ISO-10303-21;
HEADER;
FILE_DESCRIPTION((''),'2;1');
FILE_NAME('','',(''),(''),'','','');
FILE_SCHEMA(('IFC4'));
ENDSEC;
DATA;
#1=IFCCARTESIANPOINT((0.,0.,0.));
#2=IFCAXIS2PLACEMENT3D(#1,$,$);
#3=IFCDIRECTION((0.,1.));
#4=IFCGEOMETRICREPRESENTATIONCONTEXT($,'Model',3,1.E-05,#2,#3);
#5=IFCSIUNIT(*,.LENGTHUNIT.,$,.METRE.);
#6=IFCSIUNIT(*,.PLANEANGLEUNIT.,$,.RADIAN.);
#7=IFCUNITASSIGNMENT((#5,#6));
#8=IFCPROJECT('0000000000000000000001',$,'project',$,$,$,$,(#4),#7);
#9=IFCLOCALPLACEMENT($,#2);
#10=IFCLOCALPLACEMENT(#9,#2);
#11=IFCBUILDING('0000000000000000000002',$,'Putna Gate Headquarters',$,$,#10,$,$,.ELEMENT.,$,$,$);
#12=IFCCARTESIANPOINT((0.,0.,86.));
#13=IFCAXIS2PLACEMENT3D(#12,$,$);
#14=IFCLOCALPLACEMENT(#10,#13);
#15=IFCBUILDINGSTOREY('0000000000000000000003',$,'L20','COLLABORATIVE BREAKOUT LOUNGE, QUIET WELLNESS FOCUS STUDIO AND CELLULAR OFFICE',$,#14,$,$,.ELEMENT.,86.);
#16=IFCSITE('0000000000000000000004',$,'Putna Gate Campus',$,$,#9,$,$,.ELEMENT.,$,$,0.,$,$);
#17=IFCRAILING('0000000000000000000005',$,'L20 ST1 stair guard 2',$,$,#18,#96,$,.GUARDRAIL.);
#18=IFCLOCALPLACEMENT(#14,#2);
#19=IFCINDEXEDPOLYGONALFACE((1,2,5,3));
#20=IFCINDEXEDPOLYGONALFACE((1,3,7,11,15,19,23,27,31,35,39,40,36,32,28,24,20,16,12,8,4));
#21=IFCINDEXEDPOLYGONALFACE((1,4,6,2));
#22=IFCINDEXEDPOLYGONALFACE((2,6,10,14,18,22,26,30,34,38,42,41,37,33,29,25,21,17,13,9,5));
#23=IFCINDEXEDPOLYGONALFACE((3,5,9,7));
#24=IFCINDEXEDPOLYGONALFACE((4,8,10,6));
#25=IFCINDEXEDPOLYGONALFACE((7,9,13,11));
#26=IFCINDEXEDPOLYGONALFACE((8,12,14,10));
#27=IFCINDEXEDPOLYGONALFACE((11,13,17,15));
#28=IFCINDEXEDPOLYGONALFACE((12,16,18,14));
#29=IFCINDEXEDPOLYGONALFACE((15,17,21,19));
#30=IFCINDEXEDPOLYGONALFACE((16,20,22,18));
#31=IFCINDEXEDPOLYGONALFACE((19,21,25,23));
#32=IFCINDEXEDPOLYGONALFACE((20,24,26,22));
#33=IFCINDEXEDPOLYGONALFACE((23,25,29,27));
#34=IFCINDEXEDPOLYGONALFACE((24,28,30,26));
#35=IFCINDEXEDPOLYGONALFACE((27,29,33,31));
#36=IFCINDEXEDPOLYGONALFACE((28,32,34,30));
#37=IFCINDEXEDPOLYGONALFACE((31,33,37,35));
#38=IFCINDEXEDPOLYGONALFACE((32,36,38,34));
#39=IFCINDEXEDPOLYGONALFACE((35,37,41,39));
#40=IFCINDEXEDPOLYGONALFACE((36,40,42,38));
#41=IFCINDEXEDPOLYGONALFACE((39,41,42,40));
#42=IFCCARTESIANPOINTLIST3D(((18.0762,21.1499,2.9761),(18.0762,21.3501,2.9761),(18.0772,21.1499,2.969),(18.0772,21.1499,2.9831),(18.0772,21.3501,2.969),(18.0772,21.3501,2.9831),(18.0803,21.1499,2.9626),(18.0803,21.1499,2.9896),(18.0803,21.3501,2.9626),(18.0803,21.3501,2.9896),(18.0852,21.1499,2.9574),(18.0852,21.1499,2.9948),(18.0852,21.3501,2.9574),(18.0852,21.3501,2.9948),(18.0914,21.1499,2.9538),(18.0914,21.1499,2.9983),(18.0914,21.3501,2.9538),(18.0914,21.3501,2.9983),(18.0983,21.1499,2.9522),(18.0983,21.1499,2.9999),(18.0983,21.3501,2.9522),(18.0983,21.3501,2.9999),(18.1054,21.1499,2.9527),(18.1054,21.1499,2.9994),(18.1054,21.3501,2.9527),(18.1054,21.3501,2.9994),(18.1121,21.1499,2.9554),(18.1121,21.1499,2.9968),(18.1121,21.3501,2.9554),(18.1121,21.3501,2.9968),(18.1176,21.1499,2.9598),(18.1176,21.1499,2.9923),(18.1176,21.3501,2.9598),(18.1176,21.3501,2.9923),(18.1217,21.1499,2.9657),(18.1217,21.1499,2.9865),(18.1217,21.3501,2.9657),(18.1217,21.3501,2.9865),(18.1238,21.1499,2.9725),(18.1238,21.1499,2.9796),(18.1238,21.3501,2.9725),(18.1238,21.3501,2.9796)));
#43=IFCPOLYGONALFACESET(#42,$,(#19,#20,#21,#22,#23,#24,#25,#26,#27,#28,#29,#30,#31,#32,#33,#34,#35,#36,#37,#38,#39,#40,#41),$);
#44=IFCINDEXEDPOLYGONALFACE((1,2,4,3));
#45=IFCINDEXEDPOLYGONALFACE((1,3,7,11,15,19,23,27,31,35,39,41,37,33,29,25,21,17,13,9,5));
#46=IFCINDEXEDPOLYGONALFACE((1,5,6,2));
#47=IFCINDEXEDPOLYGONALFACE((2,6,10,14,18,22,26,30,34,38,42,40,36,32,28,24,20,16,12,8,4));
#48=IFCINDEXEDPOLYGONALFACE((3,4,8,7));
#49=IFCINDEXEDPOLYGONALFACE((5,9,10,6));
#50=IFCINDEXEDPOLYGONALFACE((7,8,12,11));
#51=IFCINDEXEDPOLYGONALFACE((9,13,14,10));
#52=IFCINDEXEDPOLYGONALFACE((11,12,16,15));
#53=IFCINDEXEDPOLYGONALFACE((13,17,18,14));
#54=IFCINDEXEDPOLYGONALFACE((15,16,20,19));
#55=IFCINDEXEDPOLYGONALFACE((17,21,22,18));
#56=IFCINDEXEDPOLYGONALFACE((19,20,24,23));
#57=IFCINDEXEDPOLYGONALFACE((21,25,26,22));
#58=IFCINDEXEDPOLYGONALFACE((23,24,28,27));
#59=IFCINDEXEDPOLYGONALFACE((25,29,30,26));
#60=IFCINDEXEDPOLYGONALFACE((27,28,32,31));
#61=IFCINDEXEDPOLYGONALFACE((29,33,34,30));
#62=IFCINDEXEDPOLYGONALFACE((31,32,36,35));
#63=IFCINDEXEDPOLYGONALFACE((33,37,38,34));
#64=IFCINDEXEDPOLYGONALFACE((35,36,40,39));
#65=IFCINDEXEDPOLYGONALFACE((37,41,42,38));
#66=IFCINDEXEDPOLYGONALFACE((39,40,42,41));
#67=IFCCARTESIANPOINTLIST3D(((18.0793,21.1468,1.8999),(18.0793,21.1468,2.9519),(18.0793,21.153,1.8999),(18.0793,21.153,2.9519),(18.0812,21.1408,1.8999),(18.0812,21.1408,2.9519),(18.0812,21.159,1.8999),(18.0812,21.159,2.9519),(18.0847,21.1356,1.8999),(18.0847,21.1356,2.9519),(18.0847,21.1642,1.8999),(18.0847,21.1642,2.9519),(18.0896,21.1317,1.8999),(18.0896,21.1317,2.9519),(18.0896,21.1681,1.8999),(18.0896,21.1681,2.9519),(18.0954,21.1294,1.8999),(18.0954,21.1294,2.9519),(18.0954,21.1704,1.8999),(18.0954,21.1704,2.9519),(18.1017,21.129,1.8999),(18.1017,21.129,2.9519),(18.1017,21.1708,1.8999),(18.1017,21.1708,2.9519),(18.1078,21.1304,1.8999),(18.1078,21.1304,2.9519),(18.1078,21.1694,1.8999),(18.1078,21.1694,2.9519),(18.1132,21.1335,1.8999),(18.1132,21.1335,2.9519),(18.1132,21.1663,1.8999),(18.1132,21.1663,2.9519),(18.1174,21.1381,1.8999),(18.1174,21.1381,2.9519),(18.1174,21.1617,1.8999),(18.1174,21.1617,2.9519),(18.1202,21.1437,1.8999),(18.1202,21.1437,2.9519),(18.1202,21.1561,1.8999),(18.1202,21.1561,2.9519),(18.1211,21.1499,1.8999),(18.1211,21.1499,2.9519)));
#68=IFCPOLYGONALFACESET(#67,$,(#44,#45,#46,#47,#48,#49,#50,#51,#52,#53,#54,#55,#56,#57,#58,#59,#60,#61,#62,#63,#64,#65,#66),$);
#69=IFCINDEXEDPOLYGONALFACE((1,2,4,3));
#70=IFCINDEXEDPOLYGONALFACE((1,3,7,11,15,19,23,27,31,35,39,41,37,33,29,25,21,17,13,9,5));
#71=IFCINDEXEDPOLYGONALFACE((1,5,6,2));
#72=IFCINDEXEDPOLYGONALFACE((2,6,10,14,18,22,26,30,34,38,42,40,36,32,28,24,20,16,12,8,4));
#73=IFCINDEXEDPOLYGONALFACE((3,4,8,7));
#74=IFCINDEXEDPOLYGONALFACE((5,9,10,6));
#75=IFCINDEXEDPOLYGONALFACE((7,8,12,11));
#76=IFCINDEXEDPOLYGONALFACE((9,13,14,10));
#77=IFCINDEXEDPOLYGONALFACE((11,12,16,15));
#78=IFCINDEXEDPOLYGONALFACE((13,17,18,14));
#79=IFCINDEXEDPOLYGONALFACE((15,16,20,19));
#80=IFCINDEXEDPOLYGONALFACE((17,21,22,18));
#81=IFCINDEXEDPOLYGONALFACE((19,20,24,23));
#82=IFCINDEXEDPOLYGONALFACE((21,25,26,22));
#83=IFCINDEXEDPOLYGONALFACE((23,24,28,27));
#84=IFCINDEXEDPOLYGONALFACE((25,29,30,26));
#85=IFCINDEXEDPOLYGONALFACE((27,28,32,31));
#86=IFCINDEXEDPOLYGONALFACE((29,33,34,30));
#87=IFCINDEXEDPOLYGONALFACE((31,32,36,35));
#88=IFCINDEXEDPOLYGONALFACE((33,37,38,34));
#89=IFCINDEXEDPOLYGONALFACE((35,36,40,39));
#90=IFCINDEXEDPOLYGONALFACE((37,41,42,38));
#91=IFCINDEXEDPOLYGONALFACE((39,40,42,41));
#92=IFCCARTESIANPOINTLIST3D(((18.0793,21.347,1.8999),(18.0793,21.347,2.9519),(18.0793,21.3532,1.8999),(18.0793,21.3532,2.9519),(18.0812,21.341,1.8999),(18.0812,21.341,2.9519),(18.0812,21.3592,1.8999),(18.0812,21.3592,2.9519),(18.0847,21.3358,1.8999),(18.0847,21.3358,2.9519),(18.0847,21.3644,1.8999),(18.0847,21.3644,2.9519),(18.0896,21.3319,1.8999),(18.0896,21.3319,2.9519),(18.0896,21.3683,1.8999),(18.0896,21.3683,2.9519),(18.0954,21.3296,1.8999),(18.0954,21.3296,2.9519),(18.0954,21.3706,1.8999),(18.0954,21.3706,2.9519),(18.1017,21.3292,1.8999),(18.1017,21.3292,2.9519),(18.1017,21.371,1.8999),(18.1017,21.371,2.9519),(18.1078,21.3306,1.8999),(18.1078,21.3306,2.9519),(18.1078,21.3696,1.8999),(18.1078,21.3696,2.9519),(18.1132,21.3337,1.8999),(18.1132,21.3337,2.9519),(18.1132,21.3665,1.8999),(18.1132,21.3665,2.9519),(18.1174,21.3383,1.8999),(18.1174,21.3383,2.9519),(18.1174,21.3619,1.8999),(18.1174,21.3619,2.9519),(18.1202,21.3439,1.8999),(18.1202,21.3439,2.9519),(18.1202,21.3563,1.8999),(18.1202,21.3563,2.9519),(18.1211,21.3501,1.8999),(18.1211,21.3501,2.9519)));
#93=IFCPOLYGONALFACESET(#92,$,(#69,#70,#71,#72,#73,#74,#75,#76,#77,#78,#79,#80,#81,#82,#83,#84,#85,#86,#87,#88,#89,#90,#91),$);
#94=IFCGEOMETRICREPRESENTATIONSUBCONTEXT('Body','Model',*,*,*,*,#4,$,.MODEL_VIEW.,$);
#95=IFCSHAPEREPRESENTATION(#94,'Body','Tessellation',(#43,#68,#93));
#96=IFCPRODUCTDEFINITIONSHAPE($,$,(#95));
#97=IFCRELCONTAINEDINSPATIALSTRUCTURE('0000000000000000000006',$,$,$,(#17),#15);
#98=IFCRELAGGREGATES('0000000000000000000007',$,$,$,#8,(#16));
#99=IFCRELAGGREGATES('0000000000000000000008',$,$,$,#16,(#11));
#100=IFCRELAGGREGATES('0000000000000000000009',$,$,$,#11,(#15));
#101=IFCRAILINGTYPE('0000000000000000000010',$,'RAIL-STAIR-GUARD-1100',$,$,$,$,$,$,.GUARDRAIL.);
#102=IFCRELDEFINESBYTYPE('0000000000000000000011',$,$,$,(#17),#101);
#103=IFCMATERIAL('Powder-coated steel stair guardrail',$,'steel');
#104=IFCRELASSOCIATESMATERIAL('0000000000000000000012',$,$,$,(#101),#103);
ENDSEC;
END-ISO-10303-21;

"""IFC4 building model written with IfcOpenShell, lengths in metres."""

from ifc_helpers import new_model, si_unit, direction, frame, origin, origin_2d, place, context, subcontext, project, spatial, circle, extrude, material, type_object, element, save


model = new_model("IFC4")

# Units and contexts
model_context = context("Model", 3, precision=1e-05, world=origin(), true_north=direction((0.0, 1.0)))
body_context = subcontext(model_context, "Body", "Model", "MODEL_VIEW")
ifc_project = project(units=[si_unit("LENGTHUNIT", "METRE"), si_unit("PLANEANGLEUNIT", "RADIAN")], contexts=[model_context])

# Site, building, storey
site_placement = place(None, origin())
site = spatial("IfcSite", under=ifc_project, at=site_placement, Name="Putna Gate Campus", CompositionType="ELEMENT", RefElevation=0.0)
building_placement = place(site_placement, origin())
building = spatial("IfcBuilding", under=site, at=building_placement, Name="Putna Gate Headquarters", CompositionType="ELEMENT")
storey_placement = place(building_placement, frame((0.0, 0.0, 86.0)))
storey = spatial("IfcBuildingStorey", under=building, at=storey_placement, Name="L20", Description="COLLABORATIVE BREAKOUT LOUNGE, QUIET WELLNESS FOCUS STUDIO AND CELLULAR OFFICE", CompositionType="ELEMENT", Elevation=86.0)

# Railing
ifc_material_1 = material(Name="Powder-coated steel stair guardrail", Category="steel")
railing_type_1 = type_object("IfcRailingType", Name="RAIL-STAIR-GUARD-1100", PredefinedType="GUARDRAIL", material=ifc_material_1)
railing_1_placement = place(storey_placement, frame((18.1001, 21.1499, 1.8999)))
element("IfcRailing", 1, at=railing_1_placement, inside=storey, type_object=railing_type_1, Name="L20 ST1 stair guard 2", PredefinedType="GUARDRAIL", context=body_context, shape_type="SweptSolid", body=[
    extrude(circle(Radius=0.0239, at=origin_2d()), frame((0.0, 0.0, 1.0762), z_axis=(0.0, 1.0, 0.0), x_axis=(-1.0, 0.0, 0.0)), (0.0, 0.0, 1.0), 0.2002),
    extrude(circle(Radius=0.021, at=origin_2d()), origin(), (0.0, 0.0, 1.0), 1.052),
    extrude(circle(Radius=0.021, at=origin_2d()), frame((0.0, 0.2002, 0.0)), (0.0, 0.0, 1.0), 1.052),
])

save(model, "model.ifc")
